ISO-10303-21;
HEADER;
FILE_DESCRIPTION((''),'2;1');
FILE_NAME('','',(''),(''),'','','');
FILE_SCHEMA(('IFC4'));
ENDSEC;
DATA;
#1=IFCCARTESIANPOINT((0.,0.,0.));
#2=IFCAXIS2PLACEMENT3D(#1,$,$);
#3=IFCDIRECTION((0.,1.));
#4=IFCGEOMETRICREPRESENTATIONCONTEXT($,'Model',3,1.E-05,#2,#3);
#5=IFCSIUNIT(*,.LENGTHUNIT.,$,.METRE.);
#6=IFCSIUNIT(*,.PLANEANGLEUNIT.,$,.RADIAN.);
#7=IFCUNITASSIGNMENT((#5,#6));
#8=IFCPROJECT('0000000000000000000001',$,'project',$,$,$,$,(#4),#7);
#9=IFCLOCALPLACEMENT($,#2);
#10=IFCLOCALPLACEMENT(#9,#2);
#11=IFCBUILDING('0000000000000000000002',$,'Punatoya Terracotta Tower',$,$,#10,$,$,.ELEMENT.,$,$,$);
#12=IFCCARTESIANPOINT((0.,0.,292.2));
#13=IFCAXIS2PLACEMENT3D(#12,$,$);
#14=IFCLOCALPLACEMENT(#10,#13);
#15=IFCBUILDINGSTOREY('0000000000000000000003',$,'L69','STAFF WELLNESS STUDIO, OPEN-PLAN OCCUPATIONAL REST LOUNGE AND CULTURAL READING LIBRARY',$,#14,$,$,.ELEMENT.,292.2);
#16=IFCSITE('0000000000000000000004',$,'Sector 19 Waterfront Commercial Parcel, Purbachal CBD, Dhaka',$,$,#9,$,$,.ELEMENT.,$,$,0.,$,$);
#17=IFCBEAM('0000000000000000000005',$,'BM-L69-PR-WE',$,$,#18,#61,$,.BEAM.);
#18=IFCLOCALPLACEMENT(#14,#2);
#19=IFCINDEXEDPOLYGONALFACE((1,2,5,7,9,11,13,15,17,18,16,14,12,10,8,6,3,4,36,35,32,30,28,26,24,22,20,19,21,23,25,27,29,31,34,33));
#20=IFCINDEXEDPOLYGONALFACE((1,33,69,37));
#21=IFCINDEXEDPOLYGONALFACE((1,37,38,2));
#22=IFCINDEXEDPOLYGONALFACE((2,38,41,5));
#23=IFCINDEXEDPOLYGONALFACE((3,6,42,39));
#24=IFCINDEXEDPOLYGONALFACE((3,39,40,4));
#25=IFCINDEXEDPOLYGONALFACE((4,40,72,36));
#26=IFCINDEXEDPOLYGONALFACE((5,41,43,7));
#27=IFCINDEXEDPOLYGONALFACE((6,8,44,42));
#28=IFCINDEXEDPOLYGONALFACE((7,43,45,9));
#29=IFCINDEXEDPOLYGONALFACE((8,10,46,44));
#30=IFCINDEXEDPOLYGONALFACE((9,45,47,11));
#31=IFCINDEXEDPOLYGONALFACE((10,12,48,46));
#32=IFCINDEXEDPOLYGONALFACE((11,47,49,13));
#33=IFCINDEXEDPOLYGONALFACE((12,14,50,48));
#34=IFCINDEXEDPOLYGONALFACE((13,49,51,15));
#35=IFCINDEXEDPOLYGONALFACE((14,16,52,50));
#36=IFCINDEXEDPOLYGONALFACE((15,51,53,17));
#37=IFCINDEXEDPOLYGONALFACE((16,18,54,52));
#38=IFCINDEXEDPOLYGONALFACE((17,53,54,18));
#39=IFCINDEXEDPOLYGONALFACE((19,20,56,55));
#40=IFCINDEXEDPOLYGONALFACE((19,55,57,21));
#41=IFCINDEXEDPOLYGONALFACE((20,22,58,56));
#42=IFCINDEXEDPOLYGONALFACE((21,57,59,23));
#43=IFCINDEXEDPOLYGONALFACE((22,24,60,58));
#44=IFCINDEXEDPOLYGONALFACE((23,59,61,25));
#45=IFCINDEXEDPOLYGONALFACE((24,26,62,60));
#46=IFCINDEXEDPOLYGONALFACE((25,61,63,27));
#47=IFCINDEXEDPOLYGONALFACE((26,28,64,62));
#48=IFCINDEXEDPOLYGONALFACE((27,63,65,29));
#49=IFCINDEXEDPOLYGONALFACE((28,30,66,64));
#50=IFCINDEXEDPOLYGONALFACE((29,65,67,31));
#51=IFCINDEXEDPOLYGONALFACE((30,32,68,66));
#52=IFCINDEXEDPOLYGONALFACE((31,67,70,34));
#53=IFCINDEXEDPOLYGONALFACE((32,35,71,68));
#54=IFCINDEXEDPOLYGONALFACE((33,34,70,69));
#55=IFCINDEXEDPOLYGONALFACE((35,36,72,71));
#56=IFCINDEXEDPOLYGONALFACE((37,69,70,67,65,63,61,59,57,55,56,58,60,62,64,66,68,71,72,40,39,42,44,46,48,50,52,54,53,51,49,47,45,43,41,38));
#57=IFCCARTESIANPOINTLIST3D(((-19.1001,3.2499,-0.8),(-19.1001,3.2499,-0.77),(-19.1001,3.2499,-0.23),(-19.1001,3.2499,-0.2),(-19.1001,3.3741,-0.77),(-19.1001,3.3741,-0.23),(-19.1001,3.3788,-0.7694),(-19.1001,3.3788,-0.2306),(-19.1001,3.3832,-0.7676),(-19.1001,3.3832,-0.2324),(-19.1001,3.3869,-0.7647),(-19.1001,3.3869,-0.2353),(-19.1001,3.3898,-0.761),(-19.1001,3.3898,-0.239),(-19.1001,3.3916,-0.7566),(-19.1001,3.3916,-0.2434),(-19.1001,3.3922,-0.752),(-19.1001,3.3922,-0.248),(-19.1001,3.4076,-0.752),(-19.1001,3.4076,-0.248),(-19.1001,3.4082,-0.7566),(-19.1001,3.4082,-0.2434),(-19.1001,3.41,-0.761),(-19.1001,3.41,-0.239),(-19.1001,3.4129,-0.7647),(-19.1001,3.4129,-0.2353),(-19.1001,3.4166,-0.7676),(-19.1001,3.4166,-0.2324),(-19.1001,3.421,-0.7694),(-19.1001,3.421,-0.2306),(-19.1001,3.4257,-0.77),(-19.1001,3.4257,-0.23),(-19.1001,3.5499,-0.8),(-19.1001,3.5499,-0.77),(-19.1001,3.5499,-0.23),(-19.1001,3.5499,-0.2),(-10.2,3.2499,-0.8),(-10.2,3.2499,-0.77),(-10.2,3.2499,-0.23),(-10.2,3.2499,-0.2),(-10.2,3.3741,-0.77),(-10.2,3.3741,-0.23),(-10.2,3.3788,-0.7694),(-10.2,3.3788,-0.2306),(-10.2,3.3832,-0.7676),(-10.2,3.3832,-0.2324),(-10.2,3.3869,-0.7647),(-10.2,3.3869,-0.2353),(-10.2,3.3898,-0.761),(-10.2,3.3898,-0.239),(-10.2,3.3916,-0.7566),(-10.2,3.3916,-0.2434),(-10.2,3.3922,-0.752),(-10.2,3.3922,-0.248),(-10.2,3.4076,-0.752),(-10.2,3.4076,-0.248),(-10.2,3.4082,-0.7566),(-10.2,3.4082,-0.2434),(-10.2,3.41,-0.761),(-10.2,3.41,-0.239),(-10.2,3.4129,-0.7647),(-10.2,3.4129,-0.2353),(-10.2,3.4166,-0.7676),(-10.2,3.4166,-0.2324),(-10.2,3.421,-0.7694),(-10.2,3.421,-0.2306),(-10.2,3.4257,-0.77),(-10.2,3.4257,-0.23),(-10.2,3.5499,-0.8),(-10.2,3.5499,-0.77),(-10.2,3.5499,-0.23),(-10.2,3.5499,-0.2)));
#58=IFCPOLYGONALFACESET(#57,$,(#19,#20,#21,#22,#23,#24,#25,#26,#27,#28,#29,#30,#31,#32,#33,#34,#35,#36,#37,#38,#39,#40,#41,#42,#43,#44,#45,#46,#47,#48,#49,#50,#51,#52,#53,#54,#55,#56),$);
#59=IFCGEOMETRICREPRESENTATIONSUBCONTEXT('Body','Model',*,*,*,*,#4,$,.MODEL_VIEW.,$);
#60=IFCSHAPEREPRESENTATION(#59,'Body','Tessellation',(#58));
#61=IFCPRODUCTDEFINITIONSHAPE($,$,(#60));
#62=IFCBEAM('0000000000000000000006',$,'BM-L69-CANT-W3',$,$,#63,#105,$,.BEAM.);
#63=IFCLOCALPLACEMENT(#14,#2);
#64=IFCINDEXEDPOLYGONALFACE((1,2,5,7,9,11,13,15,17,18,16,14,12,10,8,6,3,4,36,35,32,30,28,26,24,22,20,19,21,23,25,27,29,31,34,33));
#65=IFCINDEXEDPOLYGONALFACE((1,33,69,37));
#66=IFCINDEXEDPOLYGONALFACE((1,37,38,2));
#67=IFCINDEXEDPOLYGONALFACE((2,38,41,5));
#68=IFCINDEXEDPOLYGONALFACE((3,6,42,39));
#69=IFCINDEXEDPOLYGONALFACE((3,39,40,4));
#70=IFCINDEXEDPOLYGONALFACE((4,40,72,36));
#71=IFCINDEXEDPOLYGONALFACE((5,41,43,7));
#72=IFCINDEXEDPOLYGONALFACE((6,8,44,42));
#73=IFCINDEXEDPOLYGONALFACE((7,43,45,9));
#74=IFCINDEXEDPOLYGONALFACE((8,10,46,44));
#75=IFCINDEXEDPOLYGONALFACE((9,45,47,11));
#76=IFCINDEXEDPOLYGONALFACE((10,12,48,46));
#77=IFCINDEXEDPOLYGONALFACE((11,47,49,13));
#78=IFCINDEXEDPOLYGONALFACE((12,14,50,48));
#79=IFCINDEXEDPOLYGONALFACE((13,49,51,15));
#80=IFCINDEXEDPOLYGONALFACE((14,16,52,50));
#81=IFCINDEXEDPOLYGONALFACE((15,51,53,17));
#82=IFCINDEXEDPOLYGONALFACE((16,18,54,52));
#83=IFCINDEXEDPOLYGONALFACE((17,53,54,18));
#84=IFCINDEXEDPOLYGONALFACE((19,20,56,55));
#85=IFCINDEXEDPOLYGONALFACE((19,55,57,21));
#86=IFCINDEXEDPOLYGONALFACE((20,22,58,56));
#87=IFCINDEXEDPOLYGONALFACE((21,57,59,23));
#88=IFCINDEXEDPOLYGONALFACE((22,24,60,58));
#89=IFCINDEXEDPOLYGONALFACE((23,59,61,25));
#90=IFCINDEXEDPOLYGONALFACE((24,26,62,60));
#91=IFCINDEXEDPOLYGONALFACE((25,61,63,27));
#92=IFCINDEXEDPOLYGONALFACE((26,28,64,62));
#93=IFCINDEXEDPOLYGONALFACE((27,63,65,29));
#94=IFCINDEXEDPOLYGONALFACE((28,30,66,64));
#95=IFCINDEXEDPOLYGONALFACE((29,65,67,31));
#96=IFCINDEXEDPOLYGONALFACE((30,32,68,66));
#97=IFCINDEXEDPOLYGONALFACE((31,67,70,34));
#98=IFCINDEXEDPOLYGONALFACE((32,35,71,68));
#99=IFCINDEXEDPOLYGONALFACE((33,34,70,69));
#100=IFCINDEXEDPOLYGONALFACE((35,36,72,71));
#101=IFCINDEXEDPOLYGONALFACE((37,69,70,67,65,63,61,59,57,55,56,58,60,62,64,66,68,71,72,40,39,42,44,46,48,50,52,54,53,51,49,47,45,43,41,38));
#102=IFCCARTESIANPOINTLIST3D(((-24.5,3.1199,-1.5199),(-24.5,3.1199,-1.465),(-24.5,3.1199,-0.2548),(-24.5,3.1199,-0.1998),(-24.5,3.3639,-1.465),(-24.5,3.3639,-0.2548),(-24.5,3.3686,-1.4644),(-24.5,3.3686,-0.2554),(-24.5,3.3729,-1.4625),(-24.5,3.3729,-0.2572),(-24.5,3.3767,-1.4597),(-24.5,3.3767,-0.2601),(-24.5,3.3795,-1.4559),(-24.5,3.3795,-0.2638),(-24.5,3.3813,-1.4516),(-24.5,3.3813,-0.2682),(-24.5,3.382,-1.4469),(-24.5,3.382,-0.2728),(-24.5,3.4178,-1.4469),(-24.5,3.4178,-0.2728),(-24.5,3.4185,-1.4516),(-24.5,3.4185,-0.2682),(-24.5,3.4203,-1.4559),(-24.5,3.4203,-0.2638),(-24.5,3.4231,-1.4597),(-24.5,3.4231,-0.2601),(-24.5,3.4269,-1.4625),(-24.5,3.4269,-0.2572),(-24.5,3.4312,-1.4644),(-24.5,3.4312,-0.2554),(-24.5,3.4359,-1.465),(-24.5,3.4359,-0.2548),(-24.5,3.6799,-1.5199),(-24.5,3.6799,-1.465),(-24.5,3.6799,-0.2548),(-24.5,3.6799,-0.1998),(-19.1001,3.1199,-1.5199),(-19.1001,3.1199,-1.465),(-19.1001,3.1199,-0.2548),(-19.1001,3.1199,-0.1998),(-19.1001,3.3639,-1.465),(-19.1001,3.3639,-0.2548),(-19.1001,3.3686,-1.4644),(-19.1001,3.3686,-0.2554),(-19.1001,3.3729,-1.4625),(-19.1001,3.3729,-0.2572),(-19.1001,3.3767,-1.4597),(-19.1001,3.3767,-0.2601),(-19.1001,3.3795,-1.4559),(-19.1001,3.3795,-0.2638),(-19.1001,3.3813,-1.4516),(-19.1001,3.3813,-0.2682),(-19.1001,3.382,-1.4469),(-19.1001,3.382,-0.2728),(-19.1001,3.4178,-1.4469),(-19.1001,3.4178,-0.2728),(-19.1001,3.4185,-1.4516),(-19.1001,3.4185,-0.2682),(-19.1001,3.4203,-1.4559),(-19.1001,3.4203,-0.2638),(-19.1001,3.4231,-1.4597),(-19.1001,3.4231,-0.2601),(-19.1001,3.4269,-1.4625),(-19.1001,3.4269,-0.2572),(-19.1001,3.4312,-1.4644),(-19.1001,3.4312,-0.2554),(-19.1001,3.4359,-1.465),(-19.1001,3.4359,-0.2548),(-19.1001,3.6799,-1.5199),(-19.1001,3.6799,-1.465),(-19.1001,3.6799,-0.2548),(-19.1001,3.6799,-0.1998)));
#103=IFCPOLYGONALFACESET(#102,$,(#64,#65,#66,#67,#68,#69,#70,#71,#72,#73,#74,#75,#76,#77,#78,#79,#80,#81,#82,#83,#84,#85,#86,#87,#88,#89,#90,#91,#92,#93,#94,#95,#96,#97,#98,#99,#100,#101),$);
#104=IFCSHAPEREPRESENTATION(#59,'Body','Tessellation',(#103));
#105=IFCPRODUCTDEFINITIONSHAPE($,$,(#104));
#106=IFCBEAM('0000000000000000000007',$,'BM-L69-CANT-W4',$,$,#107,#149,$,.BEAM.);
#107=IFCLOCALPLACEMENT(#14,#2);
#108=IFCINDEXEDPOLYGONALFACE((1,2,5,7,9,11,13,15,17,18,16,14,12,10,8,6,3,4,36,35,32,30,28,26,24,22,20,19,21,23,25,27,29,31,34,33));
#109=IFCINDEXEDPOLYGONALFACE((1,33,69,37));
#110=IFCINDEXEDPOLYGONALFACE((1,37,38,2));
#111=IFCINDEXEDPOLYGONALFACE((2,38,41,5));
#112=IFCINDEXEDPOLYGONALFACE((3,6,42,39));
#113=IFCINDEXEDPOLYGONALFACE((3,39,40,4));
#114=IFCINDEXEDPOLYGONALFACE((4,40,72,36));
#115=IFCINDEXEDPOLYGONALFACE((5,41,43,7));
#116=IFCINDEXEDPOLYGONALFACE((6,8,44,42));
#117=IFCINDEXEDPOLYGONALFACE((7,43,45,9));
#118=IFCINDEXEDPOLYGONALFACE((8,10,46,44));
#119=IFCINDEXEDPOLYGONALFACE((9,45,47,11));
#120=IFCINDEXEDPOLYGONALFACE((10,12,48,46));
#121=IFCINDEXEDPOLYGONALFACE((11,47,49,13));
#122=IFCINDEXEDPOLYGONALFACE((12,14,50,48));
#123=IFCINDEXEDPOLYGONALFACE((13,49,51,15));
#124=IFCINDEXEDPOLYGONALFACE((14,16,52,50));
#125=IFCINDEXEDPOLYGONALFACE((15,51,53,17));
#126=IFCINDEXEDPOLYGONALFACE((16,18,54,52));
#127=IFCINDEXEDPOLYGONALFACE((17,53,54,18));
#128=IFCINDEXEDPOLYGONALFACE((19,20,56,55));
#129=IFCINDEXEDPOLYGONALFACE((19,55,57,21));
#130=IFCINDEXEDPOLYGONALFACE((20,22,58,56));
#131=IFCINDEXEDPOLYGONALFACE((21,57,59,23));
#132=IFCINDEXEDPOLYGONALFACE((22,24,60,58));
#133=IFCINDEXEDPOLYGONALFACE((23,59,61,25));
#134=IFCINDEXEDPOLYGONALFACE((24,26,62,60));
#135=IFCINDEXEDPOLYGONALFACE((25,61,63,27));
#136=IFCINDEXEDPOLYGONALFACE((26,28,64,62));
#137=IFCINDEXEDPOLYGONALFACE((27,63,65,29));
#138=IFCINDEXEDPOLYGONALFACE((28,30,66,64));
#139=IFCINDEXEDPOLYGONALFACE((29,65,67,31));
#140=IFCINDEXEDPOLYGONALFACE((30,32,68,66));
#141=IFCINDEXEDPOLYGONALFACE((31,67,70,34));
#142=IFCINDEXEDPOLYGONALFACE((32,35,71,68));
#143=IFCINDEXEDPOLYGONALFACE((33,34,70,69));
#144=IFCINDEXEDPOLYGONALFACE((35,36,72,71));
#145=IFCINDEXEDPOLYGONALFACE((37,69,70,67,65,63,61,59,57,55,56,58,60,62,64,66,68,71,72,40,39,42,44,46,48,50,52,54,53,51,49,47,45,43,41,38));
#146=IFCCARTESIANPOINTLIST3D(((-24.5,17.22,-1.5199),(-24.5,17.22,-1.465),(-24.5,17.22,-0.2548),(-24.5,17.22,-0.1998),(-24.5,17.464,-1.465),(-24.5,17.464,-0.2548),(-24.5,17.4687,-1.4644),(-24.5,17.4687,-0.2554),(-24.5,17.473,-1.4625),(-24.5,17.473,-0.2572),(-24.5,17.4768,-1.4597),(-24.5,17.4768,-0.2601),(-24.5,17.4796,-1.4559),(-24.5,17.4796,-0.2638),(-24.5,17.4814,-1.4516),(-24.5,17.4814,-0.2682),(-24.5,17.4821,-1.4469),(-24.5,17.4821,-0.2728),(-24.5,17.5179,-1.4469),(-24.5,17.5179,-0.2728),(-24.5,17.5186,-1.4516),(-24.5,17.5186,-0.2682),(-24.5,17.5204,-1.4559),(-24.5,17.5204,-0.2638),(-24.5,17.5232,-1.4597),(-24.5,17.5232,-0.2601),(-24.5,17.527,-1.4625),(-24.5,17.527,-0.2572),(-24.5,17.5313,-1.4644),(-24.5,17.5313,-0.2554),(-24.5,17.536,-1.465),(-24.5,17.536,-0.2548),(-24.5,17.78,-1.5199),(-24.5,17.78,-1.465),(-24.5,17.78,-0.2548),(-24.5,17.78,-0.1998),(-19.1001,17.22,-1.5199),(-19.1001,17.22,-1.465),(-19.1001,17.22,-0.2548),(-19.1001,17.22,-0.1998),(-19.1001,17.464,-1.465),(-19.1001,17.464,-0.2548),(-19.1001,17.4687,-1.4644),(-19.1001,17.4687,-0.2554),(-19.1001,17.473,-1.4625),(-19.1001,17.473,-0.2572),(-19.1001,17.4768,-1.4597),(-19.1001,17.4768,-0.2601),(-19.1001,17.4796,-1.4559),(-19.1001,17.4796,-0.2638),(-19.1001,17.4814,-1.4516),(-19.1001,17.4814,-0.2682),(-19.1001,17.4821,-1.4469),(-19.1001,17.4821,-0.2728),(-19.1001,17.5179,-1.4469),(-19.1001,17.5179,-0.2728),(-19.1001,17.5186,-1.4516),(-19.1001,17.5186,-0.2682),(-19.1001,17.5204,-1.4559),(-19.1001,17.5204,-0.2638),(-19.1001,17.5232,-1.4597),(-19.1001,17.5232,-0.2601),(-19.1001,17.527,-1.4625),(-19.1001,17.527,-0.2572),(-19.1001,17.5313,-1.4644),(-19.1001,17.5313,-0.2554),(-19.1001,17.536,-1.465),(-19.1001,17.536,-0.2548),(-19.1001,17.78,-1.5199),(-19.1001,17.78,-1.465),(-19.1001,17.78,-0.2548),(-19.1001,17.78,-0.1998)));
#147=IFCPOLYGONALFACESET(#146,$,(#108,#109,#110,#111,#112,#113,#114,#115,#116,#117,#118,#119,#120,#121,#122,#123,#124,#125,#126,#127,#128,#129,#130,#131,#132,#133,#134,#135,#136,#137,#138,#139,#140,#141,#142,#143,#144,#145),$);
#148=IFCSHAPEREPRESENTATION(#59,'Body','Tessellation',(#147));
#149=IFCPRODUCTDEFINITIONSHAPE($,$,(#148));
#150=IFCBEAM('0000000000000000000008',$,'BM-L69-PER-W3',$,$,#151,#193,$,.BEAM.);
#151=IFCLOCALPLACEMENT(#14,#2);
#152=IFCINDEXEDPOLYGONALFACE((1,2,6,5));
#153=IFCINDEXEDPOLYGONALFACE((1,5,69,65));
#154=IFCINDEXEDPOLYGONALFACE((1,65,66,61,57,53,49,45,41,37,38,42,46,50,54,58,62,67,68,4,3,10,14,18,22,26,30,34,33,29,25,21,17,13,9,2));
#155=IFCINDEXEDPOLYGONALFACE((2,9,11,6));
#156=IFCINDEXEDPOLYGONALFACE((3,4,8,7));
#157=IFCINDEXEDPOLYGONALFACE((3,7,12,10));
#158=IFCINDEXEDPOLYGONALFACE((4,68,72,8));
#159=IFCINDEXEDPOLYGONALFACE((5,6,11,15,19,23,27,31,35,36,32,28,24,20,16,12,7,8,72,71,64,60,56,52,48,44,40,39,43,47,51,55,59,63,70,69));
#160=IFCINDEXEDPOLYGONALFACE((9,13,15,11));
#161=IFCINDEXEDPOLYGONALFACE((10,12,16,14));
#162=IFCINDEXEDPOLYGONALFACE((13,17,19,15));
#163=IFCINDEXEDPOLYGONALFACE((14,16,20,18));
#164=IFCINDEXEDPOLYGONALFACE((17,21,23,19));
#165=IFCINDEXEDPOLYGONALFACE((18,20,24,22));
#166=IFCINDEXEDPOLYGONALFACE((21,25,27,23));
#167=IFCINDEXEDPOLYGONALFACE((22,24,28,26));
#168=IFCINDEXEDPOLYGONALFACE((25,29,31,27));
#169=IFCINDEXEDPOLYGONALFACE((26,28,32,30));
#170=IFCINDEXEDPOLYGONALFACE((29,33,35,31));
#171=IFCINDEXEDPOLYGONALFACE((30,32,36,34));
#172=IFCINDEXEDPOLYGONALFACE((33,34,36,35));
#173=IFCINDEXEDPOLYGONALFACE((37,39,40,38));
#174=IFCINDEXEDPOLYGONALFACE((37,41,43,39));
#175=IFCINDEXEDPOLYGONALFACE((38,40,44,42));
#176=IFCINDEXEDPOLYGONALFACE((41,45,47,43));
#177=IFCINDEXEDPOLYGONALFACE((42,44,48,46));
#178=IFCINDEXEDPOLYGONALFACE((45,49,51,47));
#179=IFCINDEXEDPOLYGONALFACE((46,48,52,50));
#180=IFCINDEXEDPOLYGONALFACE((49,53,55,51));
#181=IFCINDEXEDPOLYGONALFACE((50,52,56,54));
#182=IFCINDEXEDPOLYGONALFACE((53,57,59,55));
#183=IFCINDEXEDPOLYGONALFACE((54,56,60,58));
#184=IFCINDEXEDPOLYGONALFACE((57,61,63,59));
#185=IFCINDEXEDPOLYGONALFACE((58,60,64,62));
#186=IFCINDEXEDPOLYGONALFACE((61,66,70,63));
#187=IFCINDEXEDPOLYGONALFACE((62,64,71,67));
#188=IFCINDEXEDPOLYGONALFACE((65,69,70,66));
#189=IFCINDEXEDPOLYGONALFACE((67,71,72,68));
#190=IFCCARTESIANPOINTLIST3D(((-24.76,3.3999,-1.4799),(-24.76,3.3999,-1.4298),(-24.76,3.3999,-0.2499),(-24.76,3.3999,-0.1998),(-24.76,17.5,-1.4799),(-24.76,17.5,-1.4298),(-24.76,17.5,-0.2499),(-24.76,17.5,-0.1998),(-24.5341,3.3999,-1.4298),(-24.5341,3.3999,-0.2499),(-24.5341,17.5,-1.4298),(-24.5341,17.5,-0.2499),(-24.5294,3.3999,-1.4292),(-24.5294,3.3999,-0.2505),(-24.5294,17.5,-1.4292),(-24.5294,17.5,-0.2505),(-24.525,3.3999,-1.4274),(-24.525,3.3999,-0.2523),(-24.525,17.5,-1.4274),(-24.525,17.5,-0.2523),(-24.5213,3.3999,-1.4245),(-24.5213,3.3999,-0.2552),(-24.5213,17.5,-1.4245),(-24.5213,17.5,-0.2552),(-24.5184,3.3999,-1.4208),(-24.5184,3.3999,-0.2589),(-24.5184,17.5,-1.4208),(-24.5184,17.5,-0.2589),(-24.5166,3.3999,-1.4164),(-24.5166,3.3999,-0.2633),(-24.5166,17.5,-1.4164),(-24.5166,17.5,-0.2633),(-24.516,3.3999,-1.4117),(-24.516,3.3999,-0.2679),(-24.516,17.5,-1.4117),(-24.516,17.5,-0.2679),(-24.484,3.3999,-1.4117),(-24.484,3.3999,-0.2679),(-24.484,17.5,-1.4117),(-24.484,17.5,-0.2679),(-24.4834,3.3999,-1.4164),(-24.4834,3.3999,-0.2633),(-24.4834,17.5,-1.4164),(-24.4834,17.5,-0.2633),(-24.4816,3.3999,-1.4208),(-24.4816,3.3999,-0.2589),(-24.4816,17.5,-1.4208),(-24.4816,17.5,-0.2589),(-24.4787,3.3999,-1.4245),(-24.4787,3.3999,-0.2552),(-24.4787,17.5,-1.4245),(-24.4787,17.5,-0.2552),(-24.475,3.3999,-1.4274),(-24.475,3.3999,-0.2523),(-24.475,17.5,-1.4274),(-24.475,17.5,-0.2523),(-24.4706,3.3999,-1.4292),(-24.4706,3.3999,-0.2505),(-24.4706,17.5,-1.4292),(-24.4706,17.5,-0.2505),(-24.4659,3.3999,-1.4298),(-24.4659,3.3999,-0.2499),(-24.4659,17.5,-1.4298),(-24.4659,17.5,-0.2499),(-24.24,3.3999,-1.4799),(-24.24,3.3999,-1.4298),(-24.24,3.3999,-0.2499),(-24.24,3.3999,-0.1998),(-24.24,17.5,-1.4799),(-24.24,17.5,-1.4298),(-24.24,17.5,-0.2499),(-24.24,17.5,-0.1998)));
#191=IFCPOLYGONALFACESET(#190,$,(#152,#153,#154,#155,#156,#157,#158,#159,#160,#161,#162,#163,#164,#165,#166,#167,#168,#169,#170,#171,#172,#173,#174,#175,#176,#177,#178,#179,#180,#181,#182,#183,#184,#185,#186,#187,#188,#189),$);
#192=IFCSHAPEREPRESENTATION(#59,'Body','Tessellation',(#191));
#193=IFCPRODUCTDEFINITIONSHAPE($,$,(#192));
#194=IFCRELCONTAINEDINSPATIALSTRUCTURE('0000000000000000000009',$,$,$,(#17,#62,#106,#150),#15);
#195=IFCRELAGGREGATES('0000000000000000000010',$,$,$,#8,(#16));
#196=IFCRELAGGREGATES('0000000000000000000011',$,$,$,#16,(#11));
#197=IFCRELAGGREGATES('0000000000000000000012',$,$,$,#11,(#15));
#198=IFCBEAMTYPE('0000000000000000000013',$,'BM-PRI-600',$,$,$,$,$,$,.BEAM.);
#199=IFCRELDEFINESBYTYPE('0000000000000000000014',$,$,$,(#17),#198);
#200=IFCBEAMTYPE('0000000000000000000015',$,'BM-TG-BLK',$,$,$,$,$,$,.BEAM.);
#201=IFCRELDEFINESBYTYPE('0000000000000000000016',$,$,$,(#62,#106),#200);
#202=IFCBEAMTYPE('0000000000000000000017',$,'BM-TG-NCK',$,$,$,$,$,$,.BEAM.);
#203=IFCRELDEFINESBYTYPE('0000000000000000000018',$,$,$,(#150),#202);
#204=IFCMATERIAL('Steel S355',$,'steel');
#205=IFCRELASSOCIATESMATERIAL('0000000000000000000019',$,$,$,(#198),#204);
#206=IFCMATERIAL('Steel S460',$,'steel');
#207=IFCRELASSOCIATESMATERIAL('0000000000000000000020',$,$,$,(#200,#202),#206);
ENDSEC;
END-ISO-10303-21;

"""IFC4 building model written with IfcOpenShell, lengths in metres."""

from ifc_helpers import new_model, si_unit, direction, frame, origin, origin_2d, place, context, subcontext, project, spatial, i_section, extrude, material, material_profile, profile_set, type_object, element, save


model = new_model("IFC4")

# Units and contexts
model_context = context("Model", 3, precision=1e-05, world=origin(), true_north=direction((0.0, 1.0)))
body_context = subcontext(model_context, "Body", "Model", "MODEL_VIEW")
ifc_project = project(units=[si_unit("LENGTHUNIT", "METRE"), si_unit("PLANEANGLEUNIT", "RADIAN")], contexts=[model_context])

# Site, building, storey
site_placement = place(None, origin())
site = spatial("IfcSite", under=ifc_project, at=site_placement, Name="Sector 19 Waterfront Commercial Parcel, Purbachal CBD, Dhaka", CompositionType="ELEMENT", RefElevation=0.0)
building_placement = place(site_placement, origin())
building = spatial("IfcBuilding", under=site, at=building_placement, Name="Punatoya Terracotta Tower", CompositionType="ELEMENT")
storey_placement = place(building_placement, frame((0.0, 0.0, 292.2)))
storey = spatial("IfcBuildingStorey", under=building, at=storey_placement, Name="L69", Description="STAFF WELLNESS STUDIO, OPEN-PLAN OCCUPATIONAL REST LOUNGE AND CULTURAL READING LIBRARY", CompositionType="ELEMENT", Elevation=292.2)

# Shared definitions
ifc_material_1 = material(Name="Steel S460", Category="steel")

# Beams
ifc_material_2 = material(Name="Steel S355", Category="steel")
ifc_material_profile_1 = material_profile(ifc_material_2, i_section(OverallWidth=0.3, OverallDepth=0.6001, WebThickness=0.0154, FlangeThickness=0.03, FilletRadius=0.0181, at=origin_2d()))
ifc_profile_set_1 = profile_set([ifc_material_profile_1], Name="Steel S355")
beam_type_1 = type_object("IfcBeamType", Name="BM-PRI-600", PredefinedType="BEAM", material=ifc_profile_set_1)
beam_1_placement = place(storey_placement, frame((-19.1001, 3.3999, -0.5), z_axis=(1.0, 0.0, 0.0), x_axis=(0.0, 1.0, 0.0)))
element("IfcBeam", 1, at=beam_1_placement, inside=storey, type_object=beam_type_1, Name="BM-L69-PR-WE", PredefinedType="BEAM", context=body_context, shape_type="SweptSolid", body=[
    extrude(i_section(OverallWidth=0.3, OverallDepth=0.6001, WebThickness=0.0154, FlangeThickness=0.03, FilletRadius=0.0181, at=origin_2d()), origin(), (0.0, 0.0, 1.0), 8.9001),
])
ifc_material_profile_2 = material_profile(ifc_material_1, i_section(OverallWidth=0.5601, OverallDepth=1.3201, WebThickness=0.0359, FlangeThickness=0.0549, FilletRadius=0.0181, at=origin_2d()))
ifc_profile_set_2 = profile_set([ifc_material_profile_2], Name="Steel S460")
beam_type_2 = type_object("IfcBeamType", Name="BM-TG-BLK", PredefinedType="BEAM", material=ifc_profile_set_2)
for number, where, z_axis, x_axis, name in (
    (2, (-24.5, 3.3999, -0.8599), (1.0, 0.0, 0.0), (0.0, 1.0, 0.0), "BM-L69-CANT-W3"),
    (3, (-24.5, 17.5, -0.8599), (1.0, 0.0, 0.0), (0.0, 1.0, 0.0), "BM-L69-CANT-W4"),
):
    element("IfcBeam", number, at=place(storey_placement, frame(where, z_axis=z_axis, x_axis=x_axis)), inside=storey, type_object=beam_type_2, Name=name, PredefinedType="BEAM", context=body_context, shape_type="SweptSolid", body=[
        extrude(i_section(OverallWidth=0.5601, OverallDepth=1.3201, WebThickness=0.0359, FlangeThickness=0.0549, FilletRadius=0.0181, at=origin_2d()), origin(), (0.0, 0.0, 1.0), 5.3999),
    ])
ifc_material_profile_3 = material_profile(ifc_material_1, i_section(OverallWidth=0.52, OverallDepth=1.28, WebThickness=0.032, FlangeThickness=0.05, FilletRadius=0.0181, at=origin_2d()))
ifc_profile_set_3 = profile_set([ifc_material_profile_3], Name="Steel S460")
beam_type_3 = type_object("IfcBeamType", Name="BM-TG-NCK", PredefinedType="BEAM", material=ifc_profile_set_3)
beam_2_placement = place(storey_placement, frame((-24.5, 3.3999, -0.8398), z_axis=(0.0, 1.0, 0.0), x_axis=(-1.0, 0.0, 0.0)))
element("IfcBeam", 4, at=beam_2_placement, inside=storey, type_object=beam_type_3, Name="BM-L69-PER-W3", PredefinedType="BEAM", context=body_context, shape_type="SweptSolid", body=[
    extrude(i_section(OverallWidth=0.52, OverallDepth=1.28, WebThickness=0.032, FlangeThickness=0.05, FilletRadius=0.0181, at=origin_2d()), origin(), (0.0, 0.0, 1.0), 14.1001),
])

save(model, "model.ifc")
